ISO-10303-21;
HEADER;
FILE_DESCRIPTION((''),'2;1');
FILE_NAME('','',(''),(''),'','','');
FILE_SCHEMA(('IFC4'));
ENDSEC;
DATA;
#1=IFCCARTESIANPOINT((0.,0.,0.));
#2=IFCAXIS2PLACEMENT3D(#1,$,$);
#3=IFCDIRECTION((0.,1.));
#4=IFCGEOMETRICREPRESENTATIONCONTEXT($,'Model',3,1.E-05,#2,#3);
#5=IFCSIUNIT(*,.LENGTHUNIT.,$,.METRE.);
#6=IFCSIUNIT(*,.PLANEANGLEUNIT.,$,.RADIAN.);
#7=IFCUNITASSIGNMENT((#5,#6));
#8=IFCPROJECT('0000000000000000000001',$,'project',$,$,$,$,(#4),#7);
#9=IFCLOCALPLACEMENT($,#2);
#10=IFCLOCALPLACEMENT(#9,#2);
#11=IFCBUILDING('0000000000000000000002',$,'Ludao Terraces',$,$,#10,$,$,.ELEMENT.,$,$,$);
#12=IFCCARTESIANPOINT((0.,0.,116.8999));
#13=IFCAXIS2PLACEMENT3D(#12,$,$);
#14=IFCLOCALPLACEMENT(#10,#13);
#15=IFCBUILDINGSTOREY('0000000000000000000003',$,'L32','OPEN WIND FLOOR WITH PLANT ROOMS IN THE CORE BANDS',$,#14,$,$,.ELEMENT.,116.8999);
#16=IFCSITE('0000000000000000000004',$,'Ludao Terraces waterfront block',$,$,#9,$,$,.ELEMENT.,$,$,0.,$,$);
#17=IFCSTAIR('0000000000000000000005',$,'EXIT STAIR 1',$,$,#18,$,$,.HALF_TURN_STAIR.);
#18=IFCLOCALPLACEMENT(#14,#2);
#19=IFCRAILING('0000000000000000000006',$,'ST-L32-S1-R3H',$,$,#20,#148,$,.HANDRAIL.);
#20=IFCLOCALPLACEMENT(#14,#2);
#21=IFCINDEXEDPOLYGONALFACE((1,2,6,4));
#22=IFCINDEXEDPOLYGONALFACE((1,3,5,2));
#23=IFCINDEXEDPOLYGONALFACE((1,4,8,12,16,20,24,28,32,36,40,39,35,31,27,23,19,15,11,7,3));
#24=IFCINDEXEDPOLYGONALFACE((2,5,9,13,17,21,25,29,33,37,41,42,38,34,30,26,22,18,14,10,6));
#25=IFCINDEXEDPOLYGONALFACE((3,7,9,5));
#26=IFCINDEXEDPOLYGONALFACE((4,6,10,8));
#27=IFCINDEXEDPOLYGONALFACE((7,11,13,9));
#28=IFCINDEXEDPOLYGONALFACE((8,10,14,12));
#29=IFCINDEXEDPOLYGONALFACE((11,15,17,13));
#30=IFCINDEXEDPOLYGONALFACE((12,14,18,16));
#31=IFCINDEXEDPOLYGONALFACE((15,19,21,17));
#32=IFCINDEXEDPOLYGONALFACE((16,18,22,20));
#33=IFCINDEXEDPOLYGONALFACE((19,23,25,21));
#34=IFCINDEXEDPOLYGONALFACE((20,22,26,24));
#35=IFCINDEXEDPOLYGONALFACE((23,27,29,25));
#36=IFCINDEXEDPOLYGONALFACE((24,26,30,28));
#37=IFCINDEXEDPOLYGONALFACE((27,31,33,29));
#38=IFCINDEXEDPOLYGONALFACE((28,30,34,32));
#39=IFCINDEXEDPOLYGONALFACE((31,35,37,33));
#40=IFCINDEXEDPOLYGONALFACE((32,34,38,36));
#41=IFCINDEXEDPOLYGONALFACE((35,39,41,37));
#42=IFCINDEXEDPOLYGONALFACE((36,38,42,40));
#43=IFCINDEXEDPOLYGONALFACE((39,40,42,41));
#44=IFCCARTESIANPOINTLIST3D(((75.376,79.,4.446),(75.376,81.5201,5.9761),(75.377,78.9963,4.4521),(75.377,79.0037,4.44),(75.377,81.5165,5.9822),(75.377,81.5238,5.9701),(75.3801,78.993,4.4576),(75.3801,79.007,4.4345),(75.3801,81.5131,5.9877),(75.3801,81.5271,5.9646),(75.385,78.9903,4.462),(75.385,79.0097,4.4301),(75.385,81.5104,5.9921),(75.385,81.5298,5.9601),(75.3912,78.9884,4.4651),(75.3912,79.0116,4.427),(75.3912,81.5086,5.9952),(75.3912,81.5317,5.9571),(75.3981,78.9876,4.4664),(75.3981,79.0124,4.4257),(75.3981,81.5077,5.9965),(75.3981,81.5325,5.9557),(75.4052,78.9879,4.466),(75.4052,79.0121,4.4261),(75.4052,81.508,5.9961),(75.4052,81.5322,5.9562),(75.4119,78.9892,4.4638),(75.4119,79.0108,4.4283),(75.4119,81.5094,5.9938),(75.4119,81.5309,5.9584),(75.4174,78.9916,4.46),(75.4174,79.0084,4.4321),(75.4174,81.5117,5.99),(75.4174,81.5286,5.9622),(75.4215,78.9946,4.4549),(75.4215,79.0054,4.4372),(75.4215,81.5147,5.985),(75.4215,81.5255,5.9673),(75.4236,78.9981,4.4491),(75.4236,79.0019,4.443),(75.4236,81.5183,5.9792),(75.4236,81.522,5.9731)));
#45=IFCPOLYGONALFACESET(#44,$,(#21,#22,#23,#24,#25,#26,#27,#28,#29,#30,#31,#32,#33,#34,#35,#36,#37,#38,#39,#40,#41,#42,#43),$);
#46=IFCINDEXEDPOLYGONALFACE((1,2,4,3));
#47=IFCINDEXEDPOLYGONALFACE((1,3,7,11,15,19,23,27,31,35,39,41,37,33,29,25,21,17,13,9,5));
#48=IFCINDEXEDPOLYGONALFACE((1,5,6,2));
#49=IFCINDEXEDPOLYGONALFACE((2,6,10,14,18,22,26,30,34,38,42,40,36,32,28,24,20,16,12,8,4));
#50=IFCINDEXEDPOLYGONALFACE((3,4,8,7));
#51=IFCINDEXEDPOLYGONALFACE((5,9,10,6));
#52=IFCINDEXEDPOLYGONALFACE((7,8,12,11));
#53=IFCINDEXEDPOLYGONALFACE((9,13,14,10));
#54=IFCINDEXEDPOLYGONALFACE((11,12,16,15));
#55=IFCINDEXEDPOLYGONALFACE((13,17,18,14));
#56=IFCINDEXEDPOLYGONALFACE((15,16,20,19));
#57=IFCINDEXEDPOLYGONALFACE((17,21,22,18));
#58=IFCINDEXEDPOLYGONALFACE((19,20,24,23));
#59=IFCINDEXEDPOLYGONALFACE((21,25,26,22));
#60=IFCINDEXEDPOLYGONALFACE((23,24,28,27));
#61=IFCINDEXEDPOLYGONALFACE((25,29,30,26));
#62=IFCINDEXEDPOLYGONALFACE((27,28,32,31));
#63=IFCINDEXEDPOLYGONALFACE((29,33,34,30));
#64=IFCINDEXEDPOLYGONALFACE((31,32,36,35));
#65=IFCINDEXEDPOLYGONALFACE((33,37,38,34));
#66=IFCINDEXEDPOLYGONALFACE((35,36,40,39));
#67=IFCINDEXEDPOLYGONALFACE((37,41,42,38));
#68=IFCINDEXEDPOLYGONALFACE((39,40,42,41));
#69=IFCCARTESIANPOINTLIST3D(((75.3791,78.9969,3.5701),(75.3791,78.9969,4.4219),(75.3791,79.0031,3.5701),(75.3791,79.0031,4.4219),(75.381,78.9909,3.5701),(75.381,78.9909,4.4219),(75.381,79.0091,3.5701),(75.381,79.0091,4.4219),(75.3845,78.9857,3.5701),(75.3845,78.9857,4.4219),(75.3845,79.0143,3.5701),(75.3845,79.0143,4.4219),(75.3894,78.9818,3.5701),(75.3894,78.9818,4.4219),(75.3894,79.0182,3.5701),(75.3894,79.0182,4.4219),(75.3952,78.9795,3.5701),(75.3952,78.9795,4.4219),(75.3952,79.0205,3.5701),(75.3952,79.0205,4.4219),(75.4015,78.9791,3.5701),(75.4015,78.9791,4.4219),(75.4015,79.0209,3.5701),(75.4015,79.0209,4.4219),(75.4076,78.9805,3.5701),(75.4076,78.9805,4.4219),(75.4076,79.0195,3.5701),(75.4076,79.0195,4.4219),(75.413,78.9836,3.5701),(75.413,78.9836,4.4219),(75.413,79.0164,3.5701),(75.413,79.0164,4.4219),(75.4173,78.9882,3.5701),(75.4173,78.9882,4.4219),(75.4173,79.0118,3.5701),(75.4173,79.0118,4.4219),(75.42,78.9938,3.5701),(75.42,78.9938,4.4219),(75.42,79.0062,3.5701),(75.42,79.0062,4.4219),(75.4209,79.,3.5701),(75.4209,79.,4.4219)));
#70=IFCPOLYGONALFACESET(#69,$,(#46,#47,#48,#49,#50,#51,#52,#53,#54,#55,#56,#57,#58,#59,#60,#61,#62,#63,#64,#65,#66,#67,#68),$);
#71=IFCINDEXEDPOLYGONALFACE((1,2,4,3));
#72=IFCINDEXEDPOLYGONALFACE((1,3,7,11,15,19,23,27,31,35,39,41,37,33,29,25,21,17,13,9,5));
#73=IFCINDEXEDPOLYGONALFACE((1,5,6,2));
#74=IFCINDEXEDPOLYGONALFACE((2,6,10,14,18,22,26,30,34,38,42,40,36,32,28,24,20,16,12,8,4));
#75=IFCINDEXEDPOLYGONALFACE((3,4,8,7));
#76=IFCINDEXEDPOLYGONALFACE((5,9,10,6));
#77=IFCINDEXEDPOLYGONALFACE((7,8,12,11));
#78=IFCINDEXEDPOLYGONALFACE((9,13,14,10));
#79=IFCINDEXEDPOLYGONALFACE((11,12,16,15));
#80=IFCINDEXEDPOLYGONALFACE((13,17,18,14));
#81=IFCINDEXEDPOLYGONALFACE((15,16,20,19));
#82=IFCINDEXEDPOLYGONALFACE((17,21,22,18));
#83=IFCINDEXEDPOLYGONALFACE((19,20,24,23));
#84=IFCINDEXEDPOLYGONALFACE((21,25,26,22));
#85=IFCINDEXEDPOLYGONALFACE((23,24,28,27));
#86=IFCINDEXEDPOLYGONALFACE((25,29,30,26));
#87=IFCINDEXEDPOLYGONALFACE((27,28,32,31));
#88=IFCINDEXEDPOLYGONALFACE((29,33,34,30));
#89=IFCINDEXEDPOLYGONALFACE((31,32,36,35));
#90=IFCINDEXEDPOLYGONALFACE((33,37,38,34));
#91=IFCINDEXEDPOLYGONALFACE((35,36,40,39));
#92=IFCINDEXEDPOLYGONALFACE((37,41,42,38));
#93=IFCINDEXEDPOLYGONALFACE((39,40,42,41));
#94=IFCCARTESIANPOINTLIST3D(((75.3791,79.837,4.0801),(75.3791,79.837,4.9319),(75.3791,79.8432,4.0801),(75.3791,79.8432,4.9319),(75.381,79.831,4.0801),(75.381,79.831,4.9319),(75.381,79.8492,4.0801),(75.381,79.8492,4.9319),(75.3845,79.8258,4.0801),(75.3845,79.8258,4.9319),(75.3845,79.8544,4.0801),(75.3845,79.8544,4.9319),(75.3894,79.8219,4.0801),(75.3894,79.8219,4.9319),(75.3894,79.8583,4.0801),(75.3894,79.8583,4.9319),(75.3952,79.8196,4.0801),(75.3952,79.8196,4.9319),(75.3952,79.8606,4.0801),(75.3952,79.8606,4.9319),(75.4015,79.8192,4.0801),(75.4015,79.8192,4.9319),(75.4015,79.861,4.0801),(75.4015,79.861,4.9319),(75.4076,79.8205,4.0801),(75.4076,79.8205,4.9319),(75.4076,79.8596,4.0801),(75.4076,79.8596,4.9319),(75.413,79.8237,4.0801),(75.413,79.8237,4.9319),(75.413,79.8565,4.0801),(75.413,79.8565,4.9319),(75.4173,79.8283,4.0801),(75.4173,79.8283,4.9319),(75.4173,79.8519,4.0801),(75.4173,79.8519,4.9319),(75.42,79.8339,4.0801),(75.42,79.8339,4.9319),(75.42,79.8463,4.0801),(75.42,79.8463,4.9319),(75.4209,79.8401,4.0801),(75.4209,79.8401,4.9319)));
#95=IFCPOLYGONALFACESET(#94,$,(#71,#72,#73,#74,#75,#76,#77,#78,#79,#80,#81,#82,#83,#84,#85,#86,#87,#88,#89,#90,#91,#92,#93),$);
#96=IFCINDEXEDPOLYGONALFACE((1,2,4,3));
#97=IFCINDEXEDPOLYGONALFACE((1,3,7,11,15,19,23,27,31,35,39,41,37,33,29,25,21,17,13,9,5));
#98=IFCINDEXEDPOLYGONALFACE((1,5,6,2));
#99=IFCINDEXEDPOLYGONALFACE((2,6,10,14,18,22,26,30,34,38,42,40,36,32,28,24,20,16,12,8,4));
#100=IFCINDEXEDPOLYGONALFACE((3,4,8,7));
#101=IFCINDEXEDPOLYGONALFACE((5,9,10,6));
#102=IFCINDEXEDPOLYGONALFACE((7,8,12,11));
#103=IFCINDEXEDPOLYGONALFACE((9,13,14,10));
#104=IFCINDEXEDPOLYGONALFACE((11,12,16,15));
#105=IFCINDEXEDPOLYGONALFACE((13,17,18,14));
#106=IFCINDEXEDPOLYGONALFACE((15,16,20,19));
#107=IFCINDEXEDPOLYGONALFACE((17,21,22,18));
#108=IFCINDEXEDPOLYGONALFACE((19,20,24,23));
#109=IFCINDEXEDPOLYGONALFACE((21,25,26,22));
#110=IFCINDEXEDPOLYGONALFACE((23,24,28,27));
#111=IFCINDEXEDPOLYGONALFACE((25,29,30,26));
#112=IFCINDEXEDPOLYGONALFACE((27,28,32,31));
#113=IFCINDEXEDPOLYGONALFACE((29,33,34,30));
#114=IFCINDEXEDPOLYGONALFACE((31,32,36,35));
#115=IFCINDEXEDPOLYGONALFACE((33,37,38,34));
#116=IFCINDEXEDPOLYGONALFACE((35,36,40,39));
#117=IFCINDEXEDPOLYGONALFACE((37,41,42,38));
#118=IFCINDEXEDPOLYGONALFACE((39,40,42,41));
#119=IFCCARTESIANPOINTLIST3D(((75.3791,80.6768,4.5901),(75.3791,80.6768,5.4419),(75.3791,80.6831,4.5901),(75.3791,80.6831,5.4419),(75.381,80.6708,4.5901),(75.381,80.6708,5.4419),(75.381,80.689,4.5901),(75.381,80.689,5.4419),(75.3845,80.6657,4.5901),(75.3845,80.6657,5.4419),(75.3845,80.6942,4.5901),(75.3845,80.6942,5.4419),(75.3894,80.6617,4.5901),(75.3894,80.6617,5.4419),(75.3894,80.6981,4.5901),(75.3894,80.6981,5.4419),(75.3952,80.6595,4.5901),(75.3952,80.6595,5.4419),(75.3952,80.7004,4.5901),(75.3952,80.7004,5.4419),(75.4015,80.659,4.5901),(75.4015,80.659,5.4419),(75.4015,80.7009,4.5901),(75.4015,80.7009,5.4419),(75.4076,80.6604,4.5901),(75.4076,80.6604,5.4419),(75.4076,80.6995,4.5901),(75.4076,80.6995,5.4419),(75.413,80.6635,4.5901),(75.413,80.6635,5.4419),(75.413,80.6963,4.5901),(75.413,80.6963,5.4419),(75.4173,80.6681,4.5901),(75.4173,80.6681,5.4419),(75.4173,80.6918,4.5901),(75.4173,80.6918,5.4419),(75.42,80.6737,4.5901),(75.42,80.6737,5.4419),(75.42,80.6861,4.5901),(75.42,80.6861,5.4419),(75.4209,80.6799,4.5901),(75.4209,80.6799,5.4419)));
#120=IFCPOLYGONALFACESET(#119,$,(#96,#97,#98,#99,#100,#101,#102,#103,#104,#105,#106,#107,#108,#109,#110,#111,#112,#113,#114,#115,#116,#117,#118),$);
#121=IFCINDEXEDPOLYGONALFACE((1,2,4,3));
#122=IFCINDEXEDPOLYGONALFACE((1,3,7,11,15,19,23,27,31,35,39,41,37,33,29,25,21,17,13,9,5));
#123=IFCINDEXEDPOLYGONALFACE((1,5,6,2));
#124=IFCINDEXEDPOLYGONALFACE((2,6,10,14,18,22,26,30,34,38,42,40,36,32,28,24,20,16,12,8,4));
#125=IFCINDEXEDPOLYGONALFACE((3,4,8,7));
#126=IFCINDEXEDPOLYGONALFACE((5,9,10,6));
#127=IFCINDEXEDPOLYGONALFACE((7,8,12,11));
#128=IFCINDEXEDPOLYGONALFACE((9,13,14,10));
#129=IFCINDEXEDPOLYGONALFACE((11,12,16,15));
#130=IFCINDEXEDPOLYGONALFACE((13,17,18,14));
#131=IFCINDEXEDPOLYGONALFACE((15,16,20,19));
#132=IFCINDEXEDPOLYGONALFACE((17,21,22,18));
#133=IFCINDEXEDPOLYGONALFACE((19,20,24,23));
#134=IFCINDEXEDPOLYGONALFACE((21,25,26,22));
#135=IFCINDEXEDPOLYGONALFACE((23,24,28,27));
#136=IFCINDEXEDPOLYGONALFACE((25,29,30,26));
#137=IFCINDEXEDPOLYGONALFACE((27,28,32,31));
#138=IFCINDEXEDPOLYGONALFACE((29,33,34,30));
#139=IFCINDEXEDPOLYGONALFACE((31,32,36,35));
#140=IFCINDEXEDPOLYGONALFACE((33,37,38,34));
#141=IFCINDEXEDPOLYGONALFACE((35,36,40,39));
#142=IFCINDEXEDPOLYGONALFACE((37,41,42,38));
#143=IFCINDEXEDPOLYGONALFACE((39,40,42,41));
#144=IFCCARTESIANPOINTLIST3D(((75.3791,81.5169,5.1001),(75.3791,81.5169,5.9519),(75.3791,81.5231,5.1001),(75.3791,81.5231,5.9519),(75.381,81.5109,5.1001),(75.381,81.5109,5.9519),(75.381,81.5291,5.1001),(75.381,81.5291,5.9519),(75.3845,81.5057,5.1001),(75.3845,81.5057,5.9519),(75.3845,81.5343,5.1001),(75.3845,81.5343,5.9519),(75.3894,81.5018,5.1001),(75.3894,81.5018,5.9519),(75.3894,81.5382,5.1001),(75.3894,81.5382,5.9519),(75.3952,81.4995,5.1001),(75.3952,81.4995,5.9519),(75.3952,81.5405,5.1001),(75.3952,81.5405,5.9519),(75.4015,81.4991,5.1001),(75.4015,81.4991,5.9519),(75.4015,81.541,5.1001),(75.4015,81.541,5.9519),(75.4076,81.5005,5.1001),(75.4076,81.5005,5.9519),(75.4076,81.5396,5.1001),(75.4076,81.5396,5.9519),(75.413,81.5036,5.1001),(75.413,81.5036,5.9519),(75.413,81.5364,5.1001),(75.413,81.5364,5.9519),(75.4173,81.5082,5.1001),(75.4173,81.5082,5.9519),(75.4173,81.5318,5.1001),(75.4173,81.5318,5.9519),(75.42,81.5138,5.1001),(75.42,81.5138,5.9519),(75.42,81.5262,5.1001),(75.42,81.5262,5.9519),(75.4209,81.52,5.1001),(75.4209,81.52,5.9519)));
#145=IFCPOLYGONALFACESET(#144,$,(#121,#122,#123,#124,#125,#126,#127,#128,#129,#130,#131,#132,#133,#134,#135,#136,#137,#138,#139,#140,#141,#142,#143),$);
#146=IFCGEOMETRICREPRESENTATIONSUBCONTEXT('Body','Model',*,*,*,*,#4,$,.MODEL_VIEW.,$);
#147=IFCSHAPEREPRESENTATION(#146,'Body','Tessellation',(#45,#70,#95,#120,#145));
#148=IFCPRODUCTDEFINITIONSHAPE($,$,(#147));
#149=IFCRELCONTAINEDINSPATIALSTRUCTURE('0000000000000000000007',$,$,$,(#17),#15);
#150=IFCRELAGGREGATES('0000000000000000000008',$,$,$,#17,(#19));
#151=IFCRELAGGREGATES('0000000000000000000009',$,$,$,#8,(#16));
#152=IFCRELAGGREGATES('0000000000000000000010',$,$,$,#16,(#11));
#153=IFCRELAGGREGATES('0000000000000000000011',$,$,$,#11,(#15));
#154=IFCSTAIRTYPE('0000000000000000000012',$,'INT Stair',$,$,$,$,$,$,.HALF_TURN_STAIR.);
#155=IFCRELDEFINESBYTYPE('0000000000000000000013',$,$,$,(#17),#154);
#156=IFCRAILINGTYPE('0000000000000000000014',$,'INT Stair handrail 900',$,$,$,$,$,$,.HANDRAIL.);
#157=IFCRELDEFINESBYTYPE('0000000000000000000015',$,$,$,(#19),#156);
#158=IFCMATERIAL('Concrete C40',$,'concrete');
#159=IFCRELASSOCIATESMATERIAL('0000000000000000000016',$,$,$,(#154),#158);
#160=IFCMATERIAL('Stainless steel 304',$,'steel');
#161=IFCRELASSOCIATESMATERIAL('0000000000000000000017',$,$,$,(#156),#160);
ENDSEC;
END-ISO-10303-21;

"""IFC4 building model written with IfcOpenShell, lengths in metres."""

from ifc_helpers import new_model, si_unit, direction, frame, origin, origin_2d, place, context, subcontext, project, spatial, circle, extrude, material, type_object, element, aggregate, save


model = new_model("IFC4")

# Units and contexts
model_context = context("Model", 3, precision=1e-05, world=origin(), true_north=direction((0.0, 1.0)))
body_context = subcontext(model_context, "Body", "Model", "MODEL_VIEW")
ifc_project = project(units=[si_unit("LENGTHUNIT", "METRE"), si_unit("PLANEANGLEUNIT", "RADIAN")], contexts=[model_context])

# Site, building, storey
site_placement = place(None, origin())
site = spatial("IfcSite", under=ifc_project, at=site_placement, Name="Ludao Terraces waterfront block", CompositionType="ELEMENT", RefElevation=0.0)
building_placement = place(site_placement, origin())
building = spatial("IfcBuilding", under=site, at=building_placement, Name="Ludao Terraces", CompositionType="ELEMENT")
storey_placement = place(building_placement, frame((0.0, 0.0, 116.8999)))
storey = spatial("IfcBuildingStorey", under=building, at=storey_placement, Name="L32", Description="OPEN WIND FLOOR WITH PLANT ROOMS IN THE CORE BANDS", CompositionType="ELEMENT", Elevation=116.8999)

# Stair, railing
ifc_material_1 = material(Name="Concrete C40", Category="concrete")
stair_type = type_object("IfcStairType", Name="INT Stair", PredefinedType="HALF_TURN_STAIR", material=ifc_material_1)
stair_placement = place(storey_placement, origin())
stair = element("IfcStair", 1, at=stair_placement, inside=storey, type_object=stair_type, Name="EXIT STAIR 1", PredefinedType="HALF_TURN_STAIR")
ifc_material_2 = material(Name="Stainless steel 304", Category="steel")
railing_type_1 = type_object("IfcRailingType", Name="INT Stair handrail 900", PredefinedType="HANDRAIL", material=ifc_material_2)
railing_1_placement = place(storey_placement, frame((75.3999, 79.0, 3.5701)))
railing_1 = element("IfcRailing", 2, at=railing_1_placement, type_object=railing_type_1, Name="ST-L32-S1-R3H", PredefinedType="HANDRAIL", context=body_context, shape_type="SweptSolid", body=[
    extrude(circle(Radius=0.0239, at=origin_2d()), frame((0.0, 0.0, 0.876), z_axis=(0.0, 0.854785, 0.518982), x_axis=(-1.0, 0.0, 0.0)), (0.0, 0.0, 1.0), 2.9482),
    extrude(circle(Radius=0.021, at=origin_2d()), origin(), (0.0, 0.0, 1.0), 0.8518),
    extrude(circle(Radius=0.021, at=origin_2d()), frame((0.0, 0.8401, 0.51)), (0.0, 0.0, 1.0), 0.8518),
    extrude(circle(Radius=0.021, at=origin_2d()), frame((0.0, 1.6799, 1.02)), (0.0, 0.0, 1.0), 0.8518),
    extrude(circle(Radius=0.021, at=origin_2d()), frame((0.0, 2.52, 1.53)), (0.0, 0.0, 1.0), 0.8518),
])
aggregate(stair, [railing_1])

save(model, "model.ifc")
